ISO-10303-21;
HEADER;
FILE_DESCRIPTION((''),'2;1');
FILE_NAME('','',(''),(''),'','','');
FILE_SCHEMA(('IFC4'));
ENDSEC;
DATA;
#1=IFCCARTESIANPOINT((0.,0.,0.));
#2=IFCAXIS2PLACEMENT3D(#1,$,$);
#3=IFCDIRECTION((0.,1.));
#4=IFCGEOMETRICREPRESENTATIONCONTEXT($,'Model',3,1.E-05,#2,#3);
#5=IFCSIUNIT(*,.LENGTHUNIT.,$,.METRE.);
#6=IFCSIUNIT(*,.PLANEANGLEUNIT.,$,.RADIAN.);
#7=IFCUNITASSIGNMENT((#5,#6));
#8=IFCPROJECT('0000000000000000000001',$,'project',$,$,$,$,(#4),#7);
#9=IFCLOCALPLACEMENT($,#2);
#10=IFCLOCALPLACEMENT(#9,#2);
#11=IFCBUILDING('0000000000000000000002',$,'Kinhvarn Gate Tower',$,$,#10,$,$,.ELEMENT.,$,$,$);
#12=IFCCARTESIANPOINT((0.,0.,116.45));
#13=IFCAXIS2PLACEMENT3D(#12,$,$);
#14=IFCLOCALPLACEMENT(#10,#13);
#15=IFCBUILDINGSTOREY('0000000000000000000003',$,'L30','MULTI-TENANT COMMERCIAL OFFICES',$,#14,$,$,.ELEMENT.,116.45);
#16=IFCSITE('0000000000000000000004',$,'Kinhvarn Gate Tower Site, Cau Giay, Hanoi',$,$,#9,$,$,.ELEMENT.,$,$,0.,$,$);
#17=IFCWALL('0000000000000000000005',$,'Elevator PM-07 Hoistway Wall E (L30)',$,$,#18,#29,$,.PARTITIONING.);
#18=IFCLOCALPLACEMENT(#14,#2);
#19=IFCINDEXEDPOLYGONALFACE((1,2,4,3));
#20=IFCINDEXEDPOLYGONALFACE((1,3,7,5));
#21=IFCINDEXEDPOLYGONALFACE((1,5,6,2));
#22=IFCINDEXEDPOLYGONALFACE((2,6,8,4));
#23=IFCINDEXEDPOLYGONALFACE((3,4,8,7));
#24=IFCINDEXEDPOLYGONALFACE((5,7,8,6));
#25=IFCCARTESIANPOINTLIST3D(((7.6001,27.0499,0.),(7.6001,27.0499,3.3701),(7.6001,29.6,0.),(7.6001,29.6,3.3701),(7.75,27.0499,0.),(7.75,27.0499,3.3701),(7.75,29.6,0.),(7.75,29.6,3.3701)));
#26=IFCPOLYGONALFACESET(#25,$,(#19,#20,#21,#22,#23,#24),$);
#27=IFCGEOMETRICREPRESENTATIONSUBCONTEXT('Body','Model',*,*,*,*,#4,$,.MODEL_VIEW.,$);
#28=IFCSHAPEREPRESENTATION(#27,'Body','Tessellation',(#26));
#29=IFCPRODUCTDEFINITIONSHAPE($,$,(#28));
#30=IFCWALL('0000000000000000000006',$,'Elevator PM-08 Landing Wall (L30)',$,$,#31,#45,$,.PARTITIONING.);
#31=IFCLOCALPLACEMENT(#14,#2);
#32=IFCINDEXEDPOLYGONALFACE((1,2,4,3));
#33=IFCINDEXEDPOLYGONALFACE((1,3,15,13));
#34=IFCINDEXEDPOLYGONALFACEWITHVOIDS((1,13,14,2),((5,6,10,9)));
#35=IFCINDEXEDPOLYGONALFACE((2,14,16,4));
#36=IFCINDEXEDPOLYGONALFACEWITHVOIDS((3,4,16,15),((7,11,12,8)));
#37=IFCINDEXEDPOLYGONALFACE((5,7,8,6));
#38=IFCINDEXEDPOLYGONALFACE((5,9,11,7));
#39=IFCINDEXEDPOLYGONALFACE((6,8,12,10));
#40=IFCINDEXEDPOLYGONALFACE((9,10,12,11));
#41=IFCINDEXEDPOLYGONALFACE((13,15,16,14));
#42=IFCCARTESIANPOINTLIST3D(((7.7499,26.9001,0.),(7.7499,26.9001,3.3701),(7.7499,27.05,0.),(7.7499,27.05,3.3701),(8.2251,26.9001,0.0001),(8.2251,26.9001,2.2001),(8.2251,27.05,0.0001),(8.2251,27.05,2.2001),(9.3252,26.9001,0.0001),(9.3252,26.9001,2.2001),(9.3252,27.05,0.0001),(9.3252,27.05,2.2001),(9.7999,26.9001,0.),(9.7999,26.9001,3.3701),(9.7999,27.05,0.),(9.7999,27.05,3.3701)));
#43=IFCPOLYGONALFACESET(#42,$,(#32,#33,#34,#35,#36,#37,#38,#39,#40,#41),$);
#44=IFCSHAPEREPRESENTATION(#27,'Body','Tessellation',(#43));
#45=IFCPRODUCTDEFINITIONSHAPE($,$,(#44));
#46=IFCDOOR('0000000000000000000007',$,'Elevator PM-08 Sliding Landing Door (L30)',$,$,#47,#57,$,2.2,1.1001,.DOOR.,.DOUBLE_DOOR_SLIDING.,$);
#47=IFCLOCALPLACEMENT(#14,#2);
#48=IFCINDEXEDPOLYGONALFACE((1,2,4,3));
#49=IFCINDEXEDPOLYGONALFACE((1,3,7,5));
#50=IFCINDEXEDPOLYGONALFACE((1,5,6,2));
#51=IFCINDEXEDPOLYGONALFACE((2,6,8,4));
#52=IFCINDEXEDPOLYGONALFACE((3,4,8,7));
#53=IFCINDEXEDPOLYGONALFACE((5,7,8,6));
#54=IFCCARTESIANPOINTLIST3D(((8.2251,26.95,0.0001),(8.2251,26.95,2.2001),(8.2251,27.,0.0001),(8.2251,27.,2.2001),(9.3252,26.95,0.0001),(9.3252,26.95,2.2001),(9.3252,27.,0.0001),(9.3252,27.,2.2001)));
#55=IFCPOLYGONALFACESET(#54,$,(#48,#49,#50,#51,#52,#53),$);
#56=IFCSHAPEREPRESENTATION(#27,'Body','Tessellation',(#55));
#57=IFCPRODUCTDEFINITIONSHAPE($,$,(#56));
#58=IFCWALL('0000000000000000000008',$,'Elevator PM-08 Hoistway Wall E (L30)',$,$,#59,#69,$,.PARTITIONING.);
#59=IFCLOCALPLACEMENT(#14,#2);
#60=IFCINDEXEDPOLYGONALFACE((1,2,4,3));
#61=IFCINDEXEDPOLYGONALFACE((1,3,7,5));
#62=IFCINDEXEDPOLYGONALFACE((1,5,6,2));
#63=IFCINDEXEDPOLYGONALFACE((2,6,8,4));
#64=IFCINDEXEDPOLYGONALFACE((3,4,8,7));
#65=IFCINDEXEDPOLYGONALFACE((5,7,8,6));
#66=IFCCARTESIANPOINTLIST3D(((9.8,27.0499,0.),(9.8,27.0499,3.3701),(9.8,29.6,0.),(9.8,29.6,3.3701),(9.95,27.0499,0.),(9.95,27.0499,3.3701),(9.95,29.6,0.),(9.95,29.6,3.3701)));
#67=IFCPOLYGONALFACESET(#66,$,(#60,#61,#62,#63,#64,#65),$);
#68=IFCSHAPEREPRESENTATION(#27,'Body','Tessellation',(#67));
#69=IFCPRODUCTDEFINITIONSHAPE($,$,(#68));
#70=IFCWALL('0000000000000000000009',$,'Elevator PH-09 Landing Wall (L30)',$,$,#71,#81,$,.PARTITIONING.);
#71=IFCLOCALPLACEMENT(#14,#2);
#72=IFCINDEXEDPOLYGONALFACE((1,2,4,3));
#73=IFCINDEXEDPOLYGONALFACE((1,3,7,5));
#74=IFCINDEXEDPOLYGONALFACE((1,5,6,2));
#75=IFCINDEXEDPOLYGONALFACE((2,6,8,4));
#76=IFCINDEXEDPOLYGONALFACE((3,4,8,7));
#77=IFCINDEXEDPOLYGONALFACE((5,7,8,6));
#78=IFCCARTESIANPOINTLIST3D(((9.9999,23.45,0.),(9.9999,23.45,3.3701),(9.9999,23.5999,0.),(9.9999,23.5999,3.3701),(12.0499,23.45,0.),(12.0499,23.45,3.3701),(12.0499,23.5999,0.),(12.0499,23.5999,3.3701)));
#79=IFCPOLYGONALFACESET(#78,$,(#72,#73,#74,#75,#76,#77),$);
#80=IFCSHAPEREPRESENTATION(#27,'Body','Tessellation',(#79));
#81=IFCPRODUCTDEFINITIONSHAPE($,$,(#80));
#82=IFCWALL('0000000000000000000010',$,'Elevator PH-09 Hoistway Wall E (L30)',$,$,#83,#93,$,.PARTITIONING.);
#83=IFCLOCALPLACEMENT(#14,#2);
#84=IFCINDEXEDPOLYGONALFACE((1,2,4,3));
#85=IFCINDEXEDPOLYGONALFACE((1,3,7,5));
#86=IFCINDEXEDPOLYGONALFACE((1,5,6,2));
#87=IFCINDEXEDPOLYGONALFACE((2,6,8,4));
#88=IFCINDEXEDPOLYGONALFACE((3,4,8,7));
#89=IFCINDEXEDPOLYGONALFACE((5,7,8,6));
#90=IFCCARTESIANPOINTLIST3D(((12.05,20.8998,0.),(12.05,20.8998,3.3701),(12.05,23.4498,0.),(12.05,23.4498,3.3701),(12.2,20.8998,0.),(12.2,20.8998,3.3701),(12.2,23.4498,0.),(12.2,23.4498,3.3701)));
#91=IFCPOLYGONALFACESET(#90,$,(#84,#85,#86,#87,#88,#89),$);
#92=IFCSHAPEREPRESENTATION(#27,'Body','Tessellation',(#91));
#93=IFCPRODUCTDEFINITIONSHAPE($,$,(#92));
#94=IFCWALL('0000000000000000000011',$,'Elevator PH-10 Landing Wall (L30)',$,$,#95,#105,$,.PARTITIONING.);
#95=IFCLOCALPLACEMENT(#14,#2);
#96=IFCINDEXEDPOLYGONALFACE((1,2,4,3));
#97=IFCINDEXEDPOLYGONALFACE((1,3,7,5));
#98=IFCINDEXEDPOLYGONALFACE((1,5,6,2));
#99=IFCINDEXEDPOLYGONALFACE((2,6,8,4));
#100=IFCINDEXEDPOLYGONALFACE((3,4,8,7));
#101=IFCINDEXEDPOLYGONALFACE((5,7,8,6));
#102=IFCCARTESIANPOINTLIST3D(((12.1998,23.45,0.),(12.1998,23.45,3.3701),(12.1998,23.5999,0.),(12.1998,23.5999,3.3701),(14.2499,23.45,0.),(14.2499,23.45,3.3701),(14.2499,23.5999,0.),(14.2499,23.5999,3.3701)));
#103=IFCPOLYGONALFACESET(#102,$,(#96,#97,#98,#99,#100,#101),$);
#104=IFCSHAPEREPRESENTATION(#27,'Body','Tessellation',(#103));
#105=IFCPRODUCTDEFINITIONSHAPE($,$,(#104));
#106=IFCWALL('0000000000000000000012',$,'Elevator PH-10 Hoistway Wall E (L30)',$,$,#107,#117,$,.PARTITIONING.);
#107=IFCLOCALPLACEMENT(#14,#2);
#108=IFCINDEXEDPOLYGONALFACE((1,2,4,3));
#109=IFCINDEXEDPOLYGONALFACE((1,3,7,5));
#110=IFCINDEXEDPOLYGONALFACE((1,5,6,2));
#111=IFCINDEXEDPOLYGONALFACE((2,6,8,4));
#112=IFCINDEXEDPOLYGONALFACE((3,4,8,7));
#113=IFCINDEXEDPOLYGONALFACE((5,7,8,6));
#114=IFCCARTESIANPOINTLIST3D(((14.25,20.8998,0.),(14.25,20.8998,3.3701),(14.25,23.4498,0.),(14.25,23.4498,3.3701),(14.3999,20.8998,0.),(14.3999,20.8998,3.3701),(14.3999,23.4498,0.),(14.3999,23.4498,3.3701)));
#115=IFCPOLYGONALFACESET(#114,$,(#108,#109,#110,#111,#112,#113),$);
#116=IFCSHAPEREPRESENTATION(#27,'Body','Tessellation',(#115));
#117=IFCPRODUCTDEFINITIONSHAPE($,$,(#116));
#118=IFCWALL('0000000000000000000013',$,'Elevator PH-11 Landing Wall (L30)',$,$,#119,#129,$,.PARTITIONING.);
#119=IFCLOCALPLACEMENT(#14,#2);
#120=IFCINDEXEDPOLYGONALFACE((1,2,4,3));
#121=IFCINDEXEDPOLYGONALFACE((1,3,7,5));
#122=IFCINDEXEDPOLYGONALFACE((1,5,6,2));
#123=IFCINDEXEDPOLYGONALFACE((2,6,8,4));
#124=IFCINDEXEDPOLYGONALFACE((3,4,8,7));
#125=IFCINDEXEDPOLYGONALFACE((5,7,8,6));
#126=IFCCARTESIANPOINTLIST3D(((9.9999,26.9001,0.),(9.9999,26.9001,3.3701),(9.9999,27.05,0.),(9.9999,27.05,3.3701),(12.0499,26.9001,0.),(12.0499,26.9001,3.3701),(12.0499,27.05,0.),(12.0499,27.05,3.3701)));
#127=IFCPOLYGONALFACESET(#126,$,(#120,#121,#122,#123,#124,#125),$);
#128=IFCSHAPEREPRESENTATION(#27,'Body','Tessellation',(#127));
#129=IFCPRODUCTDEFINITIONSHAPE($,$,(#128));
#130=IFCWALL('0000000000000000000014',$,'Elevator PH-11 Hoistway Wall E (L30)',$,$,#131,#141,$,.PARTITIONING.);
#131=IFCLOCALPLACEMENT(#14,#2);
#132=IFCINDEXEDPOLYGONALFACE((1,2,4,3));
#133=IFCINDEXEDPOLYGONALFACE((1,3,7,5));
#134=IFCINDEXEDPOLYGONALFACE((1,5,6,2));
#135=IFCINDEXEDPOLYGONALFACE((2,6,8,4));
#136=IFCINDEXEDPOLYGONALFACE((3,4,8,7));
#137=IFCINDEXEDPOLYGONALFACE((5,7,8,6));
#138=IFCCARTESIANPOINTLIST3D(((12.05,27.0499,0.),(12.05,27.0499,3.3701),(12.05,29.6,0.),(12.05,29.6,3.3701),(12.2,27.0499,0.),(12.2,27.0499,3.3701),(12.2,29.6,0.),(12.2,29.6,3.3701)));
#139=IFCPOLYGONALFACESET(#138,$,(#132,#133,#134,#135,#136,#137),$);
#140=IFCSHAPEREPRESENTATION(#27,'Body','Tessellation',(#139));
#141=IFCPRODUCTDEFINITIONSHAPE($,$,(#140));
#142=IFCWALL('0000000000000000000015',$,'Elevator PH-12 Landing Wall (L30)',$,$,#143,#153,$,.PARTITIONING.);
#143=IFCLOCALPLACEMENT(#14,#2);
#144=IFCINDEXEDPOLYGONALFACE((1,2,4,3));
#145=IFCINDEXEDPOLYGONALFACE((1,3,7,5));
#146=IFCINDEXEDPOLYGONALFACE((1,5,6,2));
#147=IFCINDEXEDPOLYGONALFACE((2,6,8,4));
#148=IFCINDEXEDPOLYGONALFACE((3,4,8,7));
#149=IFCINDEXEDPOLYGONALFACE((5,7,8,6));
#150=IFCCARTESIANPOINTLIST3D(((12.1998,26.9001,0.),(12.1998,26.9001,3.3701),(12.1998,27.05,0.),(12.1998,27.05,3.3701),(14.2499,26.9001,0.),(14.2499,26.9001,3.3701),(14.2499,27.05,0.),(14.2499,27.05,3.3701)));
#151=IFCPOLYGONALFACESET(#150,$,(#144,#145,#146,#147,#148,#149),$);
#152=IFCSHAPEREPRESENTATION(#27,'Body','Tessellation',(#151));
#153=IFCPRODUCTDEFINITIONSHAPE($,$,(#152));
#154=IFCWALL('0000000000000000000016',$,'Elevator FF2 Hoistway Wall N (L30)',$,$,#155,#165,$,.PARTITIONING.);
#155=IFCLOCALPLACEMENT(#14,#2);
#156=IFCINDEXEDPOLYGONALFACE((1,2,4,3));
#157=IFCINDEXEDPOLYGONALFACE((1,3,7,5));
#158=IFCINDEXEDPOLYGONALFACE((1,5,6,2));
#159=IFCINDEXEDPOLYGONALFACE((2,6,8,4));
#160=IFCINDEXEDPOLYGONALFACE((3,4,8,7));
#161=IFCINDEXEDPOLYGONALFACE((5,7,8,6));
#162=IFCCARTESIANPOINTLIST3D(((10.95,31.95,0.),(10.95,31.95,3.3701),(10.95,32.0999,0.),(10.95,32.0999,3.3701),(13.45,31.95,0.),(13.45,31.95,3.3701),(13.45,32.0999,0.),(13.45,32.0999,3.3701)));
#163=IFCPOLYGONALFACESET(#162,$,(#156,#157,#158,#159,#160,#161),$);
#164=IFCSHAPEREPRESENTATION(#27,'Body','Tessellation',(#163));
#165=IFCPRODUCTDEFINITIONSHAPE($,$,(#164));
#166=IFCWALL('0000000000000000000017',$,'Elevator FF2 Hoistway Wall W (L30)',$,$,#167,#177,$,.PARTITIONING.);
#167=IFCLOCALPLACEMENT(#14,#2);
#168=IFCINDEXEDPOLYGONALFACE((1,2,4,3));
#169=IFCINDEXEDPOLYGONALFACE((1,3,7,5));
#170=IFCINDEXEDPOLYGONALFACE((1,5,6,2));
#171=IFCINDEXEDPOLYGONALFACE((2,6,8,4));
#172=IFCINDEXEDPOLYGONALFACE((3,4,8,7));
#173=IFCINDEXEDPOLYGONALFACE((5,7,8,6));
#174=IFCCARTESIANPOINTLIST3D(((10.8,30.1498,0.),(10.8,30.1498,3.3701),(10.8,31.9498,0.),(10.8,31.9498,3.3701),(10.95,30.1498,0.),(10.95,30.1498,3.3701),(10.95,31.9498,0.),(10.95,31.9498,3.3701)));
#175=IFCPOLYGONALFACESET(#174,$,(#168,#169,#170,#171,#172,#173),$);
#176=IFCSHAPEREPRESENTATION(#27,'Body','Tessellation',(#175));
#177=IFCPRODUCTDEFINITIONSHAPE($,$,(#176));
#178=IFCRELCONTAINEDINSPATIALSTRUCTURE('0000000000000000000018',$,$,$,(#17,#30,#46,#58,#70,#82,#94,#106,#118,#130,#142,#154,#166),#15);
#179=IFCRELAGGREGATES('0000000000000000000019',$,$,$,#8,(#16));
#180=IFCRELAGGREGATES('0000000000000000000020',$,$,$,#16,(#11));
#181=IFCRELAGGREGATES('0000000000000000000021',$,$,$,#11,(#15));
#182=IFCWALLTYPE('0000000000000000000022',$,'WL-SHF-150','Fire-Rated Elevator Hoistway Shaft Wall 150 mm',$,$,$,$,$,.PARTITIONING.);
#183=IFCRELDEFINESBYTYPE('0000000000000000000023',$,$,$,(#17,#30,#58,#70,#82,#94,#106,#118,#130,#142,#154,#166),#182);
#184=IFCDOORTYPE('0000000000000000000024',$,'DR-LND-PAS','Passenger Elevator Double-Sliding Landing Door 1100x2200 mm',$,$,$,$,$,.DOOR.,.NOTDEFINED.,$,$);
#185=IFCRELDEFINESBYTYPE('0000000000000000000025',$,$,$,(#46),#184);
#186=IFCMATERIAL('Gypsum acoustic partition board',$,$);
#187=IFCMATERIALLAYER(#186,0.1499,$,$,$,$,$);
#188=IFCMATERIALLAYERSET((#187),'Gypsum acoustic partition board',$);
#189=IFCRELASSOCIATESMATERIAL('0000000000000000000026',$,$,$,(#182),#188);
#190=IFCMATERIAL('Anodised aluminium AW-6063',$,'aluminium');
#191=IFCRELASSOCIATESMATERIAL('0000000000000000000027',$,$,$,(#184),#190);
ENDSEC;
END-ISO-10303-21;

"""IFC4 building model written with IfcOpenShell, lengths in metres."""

from ifc_helpers import new_model, si_unit, direction, frame, frame_2d, origin, place, context, subcontext, project, spatial, rectangle, extrude, material, layer, layer_set, type_object, element, fill, save


model = new_model("IFC4")

# Units and contexts
model_context = context("Model", 3, precision=1e-05, world=origin(), true_north=direction((0.0, 1.0)))
body_context = subcontext(model_context, "Body", "Model", "MODEL_VIEW")
ifc_project = project(units=[si_unit("LENGTHUNIT", "METRE"), si_unit("PLANEANGLEUNIT", "RADIAN")], contexts=[model_context])

# Site, building, storey
site_placement = place(None, origin())
site = spatial("IfcSite", under=ifc_project, at=site_placement, Name="Kinhvarn Gate Tower Site, Cau Giay, Hanoi", CompositionType="ELEMENT", RefElevation=0.0)
building_placement = place(site_placement, origin())
building = spatial("IfcBuilding", under=site, at=building_placement, Name="Kinhvarn Gate Tower", CompositionType="ELEMENT")
storey_placement = place(building_placement, frame((0.0, 0.0, 116.45)))
storey = spatial("IfcBuildingStorey", under=building, at=storey_placement, Name="L30", Description="MULTI-TENANT COMMERCIAL OFFICES", CompositionType="ELEMENT", Elevation=116.45)

# Shared definitions
ifc_material_1 = material(Name="Gypsum acoustic partition board")

# Shared definitions
ifc_layer_1 = layer(ifc_material_1, 0.1499)
ifc_layer_set_1 = layer_set([ifc_layer_1], Name="Gypsum acoustic partition board")
wall_type_1 = type_object("IfcWallType", Name="WL-SHF-150", Description="Fire-Rated Elevator Hoistway Shaft Wall 150 mm", PredefinedType="PARTITIONING", material=ifc_layer_set_1)
ifc_material_2 = material(Name="Anodised aluminium AW-6063", Category="aluminium")
door_type_1 = type_object("IfcDoorType", Name="DR-LND-PAS", Description="Passenger Elevator Double-Sliding Landing Door 1100x2200 mm", OperationType="NOTDEFINED", PredefinedType="DOOR", material=ifc_material_2)

# Wall
for number, where, z_axis, x_axis, name in (
    (1, (7.675, 27.05, 0.0), (0.0, 0.0, 1.0), (0.0, 1.0, 0.0), "Elevator PM-07 Hoistway Wall E (L30)"),
):
    element("IfcWall", number, at=place(storey_placement, frame(where, z_axis=z_axis, x_axis=x_axis)), inside=storey, type_object=wall_type_1, Name=name, PredefinedType="PARTITIONING", context=body_context, shape_type="SweptSolid", body=[
        extrude(rectangle(XDim=2.55, YDim=0.1499, at=frame_2d((1.2749, 0.0))), origin(), (0.0, 0.0, 1.0), 3.3701),
    ])

# Wall, opening, door
wall_1_placement = place(storey_placement, frame((7.75, 26.9751, 0.0), z_axis=(0.0, 0.0, 1.0), x_axis=(1.0, 0.0, 0.0)))
wall_1 = element("IfcWall", 2, at=wall_1_placement, inside=storey, type_object=wall_type_1, Name="Elevator PM-08 Landing Wall (L30)", PredefinedType="PARTITIONING", context=body_context, shape_type="SweptSolid", body=[
    extrude(rectangle(XDim=2.05, YDim=0.1499, at=frame_2d((1.0249, 0.0))), origin(), (0.0, 0.0, 1.0), 3.3701),
])
opening_1_placement = place(wall_1_placement, frame((0.4751, 0.0, 0.0)))
opening_1 = element("IfcOpeningElement", 3, at=opening_1_placement, cuts=wall_1, PredefinedType="OPENING", context=body_context, shape_type="SweptSolid", body=[
    extrude(rectangle(XDim=1.1001, YDim=2.2, at=frame_2d((0.55, 1.1001))), frame((0.0, 0.085, 0.0), z_axis=(0.0, -1.0, 0.0), x_axis=(1.0, 0.0, 0.0)), (0.0, 0.0, 1.0), 0.1699),
])
door_1_placement = place(opening_1_placement, origin())
door_1 = element("IfcDoor", 4, at=door_1_placement, inside=storey, type_object=door_type_1, Name="Elevator PM-08 Sliding Landing Door (L30)", OperationType="DOUBLE_DOOR_SLIDING", OverallHeight=2.2, OverallWidth=1.1001, PredefinedType="DOOR", context=body_context, shape_type="SweptSolid", body=[
    extrude(rectangle(XDim=1.1001, YDim=2.2, at=frame_2d((0.55, 1.1001))), frame((0.0, 0.0249, 0.0), z_axis=(0.0, -1.0, 0.0), x_axis=(1.0, 0.0, 0.0)), (0.0, 0.0, 1.0), 0.05),
])
fill(opening_1, door_1)

# Walls
wall_2_placement = place(storey_placement, frame((9.875, 27.05, 0.0), z_axis=(0.0, 0.0, 1.0), x_axis=(0.0, 1.0, 0.0)))
element("IfcWall", 5, at=wall_2_placement, inside=storey, type_object=wall_type_1, Name="Elevator PM-08 Hoistway Wall E (L30)", PredefinedType="PARTITIONING", context=body_context, shape_type="SweptSolid", body=[
    extrude(rectangle(XDim=2.55, YDim=0.1499, at=frame_2d((1.2749, 0.0))), origin(), (0.0, 0.0, 1.0), 3.3701),
])
wall_3_placement = place(storey_placement, frame((10.0, 23.5249, 0.0), z_axis=(0.0, 0.0, 1.0), x_axis=(1.0, 0.0, 0.0)))
element("IfcWall", 6, at=wall_3_placement, inside=storey, type_object=wall_type_1, Name="Elevator PH-09 Landing Wall (L30)", PredefinedType="PARTITIONING", context=body_context, shape_type="SweptSolid", body=[
    extrude(rectangle(XDim=2.05, YDim=0.1499, at=frame_2d((1.0249, 0.0))), origin(), (0.0, 0.0, 1.0), 3.3701),
])
wall_4_placement = place(storey_placement, frame((12.125, 20.8999, 0.0), z_axis=(0.0, 0.0, 1.0), x_axis=(0.0, 1.0, 0.0)))
element("IfcWall", 7, at=wall_4_placement, inside=storey, type_object=wall_type_1, Name="Elevator PH-09 Hoistway Wall E (L30)", PredefinedType="PARTITIONING", context=body_context, shape_type="SweptSolid", body=[
    extrude(rectangle(XDim=2.55, YDim=0.1499, at=frame_2d((1.2749, 0.0))), origin(), (0.0, 0.0, 1.0), 3.3701),
])
wall_5_placement = place(storey_placement, frame((12.2, 23.5249, 0.0), z_axis=(0.0, 0.0, 1.0), x_axis=(1.0, 0.0, 0.0)))
element("IfcWall", 8, at=wall_5_placement, inside=storey, type_object=wall_type_1, Name="Elevator PH-10 Landing Wall (L30)", PredefinedType="PARTITIONING", context=body_context, shape_type="SweptSolid", body=[
    extrude(rectangle(XDim=2.05, YDim=0.1499, at=frame_2d((1.0249, 0.0))), origin(), (0.0, 0.0, 1.0), 3.3701),
])
wall_6_placement = place(storey_placement, frame((14.325, 20.8999, 0.0), z_axis=(0.0, 0.0, 1.0), x_axis=(0.0, 1.0, 0.0)))
element("IfcWall", 9, at=wall_6_placement, inside=storey, type_object=wall_type_1, Name="Elevator PH-10 Hoistway Wall E (L30)", PredefinedType="PARTITIONING", context=body_context, shape_type="SweptSolid", body=[
    extrude(rectangle(XDim=2.55, YDim=0.1499, at=frame_2d((1.2749, 0.0))), origin(), (0.0, 0.0, 1.0), 3.3701),
])
wall_7_placement = place(storey_placement, frame((10.0, 26.9751, 0.0), z_axis=(0.0, 0.0, 1.0), x_axis=(1.0, 0.0, 0.0)))
element("IfcWall", 10, at=wall_7_placement, inside=storey, type_object=wall_type_1, Name="Elevator PH-11 Landing Wall (L30)", PredefinedType="PARTITIONING", context=body_context, shape_type="SweptSolid", body=[
    extrude(rectangle(XDim=2.05, YDim=0.1499, at=frame_2d((1.0249, 0.0))), origin(), (0.0, 0.0, 1.0), 3.3701),
])
wall_8_placement = place(storey_placement, frame((12.125, 27.05, 0.0), z_axis=(0.0, 0.0, 1.0), x_axis=(0.0, 1.0, 0.0)))
element("IfcWall", 11, at=wall_8_placement, inside=storey, type_object=wall_type_1, Name="Elevator PH-11 Hoistway Wall E (L30)", PredefinedType="PARTITIONING", context=body_context, shape_type="SweptSolid", body=[
    extrude(rectangle(XDim=2.55, YDim=0.1499, at=frame_2d((1.2749, 0.0))), origin(), (0.0, 0.0, 1.0), 3.3701),
])
wall_9_placement = place(storey_placement, frame((12.2, 26.9751, 0.0), z_axis=(0.0, 0.0, 1.0), x_axis=(1.0, 0.0, 0.0)))
element("IfcWall", 12, at=wall_9_placement, inside=storey, type_object=wall_type_1, Name="Elevator PH-12 Landing Wall (L30)", PredefinedType="PARTITIONING", context=body_context, shape_type="SweptSolid", body=[
    extrude(rectangle(XDim=2.05, YDim=0.1499, at=frame_2d((1.0249, 0.0))), origin(), (0.0, 0.0, 1.0), 3.3701),
])
wall_10_placement = place(storey_placement, frame((10.95, 32.0249, 0.0), z_axis=(0.0, 0.0, 1.0), x_axis=(1.0, 0.0, 0.0)))
element("IfcWall", 13, at=wall_10_placement, inside=storey, type_object=wall_type_1, Name="Elevator FF2 Hoistway Wall N (L30)", PredefinedType="PARTITIONING", context=body_context, shape_type="SweptSolid", body=[
    extrude(rectangle(XDim=2.5, YDim=0.1499, at=frame_2d((1.25, 0.0))), origin(), (0.0, 0.0, 1.0), 3.3701),
])
wall_11_placement = place(storey_placement, frame((10.875, 30.1499, 0.0), z_axis=(0.0, 0.0, 1.0), x_axis=(0.0, 1.0, 0.0)))
element("IfcWall", 14, at=wall_11_placement, inside=storey, type_object=wall_type_1, Name="Elevator FF2 Hoistway Wall W (L30)", PredefinedType="PARTITIONING", context=body_context, shape_type="SweptSolid", body=[
    extrude(rectangle(XDim=1.8, YDim=0.1499, at=frame_2d((0.8999, 0.0))), origin(), (0.0, 0.0, 1.0), 3.3701),
])

save(model, "model.ifc")
